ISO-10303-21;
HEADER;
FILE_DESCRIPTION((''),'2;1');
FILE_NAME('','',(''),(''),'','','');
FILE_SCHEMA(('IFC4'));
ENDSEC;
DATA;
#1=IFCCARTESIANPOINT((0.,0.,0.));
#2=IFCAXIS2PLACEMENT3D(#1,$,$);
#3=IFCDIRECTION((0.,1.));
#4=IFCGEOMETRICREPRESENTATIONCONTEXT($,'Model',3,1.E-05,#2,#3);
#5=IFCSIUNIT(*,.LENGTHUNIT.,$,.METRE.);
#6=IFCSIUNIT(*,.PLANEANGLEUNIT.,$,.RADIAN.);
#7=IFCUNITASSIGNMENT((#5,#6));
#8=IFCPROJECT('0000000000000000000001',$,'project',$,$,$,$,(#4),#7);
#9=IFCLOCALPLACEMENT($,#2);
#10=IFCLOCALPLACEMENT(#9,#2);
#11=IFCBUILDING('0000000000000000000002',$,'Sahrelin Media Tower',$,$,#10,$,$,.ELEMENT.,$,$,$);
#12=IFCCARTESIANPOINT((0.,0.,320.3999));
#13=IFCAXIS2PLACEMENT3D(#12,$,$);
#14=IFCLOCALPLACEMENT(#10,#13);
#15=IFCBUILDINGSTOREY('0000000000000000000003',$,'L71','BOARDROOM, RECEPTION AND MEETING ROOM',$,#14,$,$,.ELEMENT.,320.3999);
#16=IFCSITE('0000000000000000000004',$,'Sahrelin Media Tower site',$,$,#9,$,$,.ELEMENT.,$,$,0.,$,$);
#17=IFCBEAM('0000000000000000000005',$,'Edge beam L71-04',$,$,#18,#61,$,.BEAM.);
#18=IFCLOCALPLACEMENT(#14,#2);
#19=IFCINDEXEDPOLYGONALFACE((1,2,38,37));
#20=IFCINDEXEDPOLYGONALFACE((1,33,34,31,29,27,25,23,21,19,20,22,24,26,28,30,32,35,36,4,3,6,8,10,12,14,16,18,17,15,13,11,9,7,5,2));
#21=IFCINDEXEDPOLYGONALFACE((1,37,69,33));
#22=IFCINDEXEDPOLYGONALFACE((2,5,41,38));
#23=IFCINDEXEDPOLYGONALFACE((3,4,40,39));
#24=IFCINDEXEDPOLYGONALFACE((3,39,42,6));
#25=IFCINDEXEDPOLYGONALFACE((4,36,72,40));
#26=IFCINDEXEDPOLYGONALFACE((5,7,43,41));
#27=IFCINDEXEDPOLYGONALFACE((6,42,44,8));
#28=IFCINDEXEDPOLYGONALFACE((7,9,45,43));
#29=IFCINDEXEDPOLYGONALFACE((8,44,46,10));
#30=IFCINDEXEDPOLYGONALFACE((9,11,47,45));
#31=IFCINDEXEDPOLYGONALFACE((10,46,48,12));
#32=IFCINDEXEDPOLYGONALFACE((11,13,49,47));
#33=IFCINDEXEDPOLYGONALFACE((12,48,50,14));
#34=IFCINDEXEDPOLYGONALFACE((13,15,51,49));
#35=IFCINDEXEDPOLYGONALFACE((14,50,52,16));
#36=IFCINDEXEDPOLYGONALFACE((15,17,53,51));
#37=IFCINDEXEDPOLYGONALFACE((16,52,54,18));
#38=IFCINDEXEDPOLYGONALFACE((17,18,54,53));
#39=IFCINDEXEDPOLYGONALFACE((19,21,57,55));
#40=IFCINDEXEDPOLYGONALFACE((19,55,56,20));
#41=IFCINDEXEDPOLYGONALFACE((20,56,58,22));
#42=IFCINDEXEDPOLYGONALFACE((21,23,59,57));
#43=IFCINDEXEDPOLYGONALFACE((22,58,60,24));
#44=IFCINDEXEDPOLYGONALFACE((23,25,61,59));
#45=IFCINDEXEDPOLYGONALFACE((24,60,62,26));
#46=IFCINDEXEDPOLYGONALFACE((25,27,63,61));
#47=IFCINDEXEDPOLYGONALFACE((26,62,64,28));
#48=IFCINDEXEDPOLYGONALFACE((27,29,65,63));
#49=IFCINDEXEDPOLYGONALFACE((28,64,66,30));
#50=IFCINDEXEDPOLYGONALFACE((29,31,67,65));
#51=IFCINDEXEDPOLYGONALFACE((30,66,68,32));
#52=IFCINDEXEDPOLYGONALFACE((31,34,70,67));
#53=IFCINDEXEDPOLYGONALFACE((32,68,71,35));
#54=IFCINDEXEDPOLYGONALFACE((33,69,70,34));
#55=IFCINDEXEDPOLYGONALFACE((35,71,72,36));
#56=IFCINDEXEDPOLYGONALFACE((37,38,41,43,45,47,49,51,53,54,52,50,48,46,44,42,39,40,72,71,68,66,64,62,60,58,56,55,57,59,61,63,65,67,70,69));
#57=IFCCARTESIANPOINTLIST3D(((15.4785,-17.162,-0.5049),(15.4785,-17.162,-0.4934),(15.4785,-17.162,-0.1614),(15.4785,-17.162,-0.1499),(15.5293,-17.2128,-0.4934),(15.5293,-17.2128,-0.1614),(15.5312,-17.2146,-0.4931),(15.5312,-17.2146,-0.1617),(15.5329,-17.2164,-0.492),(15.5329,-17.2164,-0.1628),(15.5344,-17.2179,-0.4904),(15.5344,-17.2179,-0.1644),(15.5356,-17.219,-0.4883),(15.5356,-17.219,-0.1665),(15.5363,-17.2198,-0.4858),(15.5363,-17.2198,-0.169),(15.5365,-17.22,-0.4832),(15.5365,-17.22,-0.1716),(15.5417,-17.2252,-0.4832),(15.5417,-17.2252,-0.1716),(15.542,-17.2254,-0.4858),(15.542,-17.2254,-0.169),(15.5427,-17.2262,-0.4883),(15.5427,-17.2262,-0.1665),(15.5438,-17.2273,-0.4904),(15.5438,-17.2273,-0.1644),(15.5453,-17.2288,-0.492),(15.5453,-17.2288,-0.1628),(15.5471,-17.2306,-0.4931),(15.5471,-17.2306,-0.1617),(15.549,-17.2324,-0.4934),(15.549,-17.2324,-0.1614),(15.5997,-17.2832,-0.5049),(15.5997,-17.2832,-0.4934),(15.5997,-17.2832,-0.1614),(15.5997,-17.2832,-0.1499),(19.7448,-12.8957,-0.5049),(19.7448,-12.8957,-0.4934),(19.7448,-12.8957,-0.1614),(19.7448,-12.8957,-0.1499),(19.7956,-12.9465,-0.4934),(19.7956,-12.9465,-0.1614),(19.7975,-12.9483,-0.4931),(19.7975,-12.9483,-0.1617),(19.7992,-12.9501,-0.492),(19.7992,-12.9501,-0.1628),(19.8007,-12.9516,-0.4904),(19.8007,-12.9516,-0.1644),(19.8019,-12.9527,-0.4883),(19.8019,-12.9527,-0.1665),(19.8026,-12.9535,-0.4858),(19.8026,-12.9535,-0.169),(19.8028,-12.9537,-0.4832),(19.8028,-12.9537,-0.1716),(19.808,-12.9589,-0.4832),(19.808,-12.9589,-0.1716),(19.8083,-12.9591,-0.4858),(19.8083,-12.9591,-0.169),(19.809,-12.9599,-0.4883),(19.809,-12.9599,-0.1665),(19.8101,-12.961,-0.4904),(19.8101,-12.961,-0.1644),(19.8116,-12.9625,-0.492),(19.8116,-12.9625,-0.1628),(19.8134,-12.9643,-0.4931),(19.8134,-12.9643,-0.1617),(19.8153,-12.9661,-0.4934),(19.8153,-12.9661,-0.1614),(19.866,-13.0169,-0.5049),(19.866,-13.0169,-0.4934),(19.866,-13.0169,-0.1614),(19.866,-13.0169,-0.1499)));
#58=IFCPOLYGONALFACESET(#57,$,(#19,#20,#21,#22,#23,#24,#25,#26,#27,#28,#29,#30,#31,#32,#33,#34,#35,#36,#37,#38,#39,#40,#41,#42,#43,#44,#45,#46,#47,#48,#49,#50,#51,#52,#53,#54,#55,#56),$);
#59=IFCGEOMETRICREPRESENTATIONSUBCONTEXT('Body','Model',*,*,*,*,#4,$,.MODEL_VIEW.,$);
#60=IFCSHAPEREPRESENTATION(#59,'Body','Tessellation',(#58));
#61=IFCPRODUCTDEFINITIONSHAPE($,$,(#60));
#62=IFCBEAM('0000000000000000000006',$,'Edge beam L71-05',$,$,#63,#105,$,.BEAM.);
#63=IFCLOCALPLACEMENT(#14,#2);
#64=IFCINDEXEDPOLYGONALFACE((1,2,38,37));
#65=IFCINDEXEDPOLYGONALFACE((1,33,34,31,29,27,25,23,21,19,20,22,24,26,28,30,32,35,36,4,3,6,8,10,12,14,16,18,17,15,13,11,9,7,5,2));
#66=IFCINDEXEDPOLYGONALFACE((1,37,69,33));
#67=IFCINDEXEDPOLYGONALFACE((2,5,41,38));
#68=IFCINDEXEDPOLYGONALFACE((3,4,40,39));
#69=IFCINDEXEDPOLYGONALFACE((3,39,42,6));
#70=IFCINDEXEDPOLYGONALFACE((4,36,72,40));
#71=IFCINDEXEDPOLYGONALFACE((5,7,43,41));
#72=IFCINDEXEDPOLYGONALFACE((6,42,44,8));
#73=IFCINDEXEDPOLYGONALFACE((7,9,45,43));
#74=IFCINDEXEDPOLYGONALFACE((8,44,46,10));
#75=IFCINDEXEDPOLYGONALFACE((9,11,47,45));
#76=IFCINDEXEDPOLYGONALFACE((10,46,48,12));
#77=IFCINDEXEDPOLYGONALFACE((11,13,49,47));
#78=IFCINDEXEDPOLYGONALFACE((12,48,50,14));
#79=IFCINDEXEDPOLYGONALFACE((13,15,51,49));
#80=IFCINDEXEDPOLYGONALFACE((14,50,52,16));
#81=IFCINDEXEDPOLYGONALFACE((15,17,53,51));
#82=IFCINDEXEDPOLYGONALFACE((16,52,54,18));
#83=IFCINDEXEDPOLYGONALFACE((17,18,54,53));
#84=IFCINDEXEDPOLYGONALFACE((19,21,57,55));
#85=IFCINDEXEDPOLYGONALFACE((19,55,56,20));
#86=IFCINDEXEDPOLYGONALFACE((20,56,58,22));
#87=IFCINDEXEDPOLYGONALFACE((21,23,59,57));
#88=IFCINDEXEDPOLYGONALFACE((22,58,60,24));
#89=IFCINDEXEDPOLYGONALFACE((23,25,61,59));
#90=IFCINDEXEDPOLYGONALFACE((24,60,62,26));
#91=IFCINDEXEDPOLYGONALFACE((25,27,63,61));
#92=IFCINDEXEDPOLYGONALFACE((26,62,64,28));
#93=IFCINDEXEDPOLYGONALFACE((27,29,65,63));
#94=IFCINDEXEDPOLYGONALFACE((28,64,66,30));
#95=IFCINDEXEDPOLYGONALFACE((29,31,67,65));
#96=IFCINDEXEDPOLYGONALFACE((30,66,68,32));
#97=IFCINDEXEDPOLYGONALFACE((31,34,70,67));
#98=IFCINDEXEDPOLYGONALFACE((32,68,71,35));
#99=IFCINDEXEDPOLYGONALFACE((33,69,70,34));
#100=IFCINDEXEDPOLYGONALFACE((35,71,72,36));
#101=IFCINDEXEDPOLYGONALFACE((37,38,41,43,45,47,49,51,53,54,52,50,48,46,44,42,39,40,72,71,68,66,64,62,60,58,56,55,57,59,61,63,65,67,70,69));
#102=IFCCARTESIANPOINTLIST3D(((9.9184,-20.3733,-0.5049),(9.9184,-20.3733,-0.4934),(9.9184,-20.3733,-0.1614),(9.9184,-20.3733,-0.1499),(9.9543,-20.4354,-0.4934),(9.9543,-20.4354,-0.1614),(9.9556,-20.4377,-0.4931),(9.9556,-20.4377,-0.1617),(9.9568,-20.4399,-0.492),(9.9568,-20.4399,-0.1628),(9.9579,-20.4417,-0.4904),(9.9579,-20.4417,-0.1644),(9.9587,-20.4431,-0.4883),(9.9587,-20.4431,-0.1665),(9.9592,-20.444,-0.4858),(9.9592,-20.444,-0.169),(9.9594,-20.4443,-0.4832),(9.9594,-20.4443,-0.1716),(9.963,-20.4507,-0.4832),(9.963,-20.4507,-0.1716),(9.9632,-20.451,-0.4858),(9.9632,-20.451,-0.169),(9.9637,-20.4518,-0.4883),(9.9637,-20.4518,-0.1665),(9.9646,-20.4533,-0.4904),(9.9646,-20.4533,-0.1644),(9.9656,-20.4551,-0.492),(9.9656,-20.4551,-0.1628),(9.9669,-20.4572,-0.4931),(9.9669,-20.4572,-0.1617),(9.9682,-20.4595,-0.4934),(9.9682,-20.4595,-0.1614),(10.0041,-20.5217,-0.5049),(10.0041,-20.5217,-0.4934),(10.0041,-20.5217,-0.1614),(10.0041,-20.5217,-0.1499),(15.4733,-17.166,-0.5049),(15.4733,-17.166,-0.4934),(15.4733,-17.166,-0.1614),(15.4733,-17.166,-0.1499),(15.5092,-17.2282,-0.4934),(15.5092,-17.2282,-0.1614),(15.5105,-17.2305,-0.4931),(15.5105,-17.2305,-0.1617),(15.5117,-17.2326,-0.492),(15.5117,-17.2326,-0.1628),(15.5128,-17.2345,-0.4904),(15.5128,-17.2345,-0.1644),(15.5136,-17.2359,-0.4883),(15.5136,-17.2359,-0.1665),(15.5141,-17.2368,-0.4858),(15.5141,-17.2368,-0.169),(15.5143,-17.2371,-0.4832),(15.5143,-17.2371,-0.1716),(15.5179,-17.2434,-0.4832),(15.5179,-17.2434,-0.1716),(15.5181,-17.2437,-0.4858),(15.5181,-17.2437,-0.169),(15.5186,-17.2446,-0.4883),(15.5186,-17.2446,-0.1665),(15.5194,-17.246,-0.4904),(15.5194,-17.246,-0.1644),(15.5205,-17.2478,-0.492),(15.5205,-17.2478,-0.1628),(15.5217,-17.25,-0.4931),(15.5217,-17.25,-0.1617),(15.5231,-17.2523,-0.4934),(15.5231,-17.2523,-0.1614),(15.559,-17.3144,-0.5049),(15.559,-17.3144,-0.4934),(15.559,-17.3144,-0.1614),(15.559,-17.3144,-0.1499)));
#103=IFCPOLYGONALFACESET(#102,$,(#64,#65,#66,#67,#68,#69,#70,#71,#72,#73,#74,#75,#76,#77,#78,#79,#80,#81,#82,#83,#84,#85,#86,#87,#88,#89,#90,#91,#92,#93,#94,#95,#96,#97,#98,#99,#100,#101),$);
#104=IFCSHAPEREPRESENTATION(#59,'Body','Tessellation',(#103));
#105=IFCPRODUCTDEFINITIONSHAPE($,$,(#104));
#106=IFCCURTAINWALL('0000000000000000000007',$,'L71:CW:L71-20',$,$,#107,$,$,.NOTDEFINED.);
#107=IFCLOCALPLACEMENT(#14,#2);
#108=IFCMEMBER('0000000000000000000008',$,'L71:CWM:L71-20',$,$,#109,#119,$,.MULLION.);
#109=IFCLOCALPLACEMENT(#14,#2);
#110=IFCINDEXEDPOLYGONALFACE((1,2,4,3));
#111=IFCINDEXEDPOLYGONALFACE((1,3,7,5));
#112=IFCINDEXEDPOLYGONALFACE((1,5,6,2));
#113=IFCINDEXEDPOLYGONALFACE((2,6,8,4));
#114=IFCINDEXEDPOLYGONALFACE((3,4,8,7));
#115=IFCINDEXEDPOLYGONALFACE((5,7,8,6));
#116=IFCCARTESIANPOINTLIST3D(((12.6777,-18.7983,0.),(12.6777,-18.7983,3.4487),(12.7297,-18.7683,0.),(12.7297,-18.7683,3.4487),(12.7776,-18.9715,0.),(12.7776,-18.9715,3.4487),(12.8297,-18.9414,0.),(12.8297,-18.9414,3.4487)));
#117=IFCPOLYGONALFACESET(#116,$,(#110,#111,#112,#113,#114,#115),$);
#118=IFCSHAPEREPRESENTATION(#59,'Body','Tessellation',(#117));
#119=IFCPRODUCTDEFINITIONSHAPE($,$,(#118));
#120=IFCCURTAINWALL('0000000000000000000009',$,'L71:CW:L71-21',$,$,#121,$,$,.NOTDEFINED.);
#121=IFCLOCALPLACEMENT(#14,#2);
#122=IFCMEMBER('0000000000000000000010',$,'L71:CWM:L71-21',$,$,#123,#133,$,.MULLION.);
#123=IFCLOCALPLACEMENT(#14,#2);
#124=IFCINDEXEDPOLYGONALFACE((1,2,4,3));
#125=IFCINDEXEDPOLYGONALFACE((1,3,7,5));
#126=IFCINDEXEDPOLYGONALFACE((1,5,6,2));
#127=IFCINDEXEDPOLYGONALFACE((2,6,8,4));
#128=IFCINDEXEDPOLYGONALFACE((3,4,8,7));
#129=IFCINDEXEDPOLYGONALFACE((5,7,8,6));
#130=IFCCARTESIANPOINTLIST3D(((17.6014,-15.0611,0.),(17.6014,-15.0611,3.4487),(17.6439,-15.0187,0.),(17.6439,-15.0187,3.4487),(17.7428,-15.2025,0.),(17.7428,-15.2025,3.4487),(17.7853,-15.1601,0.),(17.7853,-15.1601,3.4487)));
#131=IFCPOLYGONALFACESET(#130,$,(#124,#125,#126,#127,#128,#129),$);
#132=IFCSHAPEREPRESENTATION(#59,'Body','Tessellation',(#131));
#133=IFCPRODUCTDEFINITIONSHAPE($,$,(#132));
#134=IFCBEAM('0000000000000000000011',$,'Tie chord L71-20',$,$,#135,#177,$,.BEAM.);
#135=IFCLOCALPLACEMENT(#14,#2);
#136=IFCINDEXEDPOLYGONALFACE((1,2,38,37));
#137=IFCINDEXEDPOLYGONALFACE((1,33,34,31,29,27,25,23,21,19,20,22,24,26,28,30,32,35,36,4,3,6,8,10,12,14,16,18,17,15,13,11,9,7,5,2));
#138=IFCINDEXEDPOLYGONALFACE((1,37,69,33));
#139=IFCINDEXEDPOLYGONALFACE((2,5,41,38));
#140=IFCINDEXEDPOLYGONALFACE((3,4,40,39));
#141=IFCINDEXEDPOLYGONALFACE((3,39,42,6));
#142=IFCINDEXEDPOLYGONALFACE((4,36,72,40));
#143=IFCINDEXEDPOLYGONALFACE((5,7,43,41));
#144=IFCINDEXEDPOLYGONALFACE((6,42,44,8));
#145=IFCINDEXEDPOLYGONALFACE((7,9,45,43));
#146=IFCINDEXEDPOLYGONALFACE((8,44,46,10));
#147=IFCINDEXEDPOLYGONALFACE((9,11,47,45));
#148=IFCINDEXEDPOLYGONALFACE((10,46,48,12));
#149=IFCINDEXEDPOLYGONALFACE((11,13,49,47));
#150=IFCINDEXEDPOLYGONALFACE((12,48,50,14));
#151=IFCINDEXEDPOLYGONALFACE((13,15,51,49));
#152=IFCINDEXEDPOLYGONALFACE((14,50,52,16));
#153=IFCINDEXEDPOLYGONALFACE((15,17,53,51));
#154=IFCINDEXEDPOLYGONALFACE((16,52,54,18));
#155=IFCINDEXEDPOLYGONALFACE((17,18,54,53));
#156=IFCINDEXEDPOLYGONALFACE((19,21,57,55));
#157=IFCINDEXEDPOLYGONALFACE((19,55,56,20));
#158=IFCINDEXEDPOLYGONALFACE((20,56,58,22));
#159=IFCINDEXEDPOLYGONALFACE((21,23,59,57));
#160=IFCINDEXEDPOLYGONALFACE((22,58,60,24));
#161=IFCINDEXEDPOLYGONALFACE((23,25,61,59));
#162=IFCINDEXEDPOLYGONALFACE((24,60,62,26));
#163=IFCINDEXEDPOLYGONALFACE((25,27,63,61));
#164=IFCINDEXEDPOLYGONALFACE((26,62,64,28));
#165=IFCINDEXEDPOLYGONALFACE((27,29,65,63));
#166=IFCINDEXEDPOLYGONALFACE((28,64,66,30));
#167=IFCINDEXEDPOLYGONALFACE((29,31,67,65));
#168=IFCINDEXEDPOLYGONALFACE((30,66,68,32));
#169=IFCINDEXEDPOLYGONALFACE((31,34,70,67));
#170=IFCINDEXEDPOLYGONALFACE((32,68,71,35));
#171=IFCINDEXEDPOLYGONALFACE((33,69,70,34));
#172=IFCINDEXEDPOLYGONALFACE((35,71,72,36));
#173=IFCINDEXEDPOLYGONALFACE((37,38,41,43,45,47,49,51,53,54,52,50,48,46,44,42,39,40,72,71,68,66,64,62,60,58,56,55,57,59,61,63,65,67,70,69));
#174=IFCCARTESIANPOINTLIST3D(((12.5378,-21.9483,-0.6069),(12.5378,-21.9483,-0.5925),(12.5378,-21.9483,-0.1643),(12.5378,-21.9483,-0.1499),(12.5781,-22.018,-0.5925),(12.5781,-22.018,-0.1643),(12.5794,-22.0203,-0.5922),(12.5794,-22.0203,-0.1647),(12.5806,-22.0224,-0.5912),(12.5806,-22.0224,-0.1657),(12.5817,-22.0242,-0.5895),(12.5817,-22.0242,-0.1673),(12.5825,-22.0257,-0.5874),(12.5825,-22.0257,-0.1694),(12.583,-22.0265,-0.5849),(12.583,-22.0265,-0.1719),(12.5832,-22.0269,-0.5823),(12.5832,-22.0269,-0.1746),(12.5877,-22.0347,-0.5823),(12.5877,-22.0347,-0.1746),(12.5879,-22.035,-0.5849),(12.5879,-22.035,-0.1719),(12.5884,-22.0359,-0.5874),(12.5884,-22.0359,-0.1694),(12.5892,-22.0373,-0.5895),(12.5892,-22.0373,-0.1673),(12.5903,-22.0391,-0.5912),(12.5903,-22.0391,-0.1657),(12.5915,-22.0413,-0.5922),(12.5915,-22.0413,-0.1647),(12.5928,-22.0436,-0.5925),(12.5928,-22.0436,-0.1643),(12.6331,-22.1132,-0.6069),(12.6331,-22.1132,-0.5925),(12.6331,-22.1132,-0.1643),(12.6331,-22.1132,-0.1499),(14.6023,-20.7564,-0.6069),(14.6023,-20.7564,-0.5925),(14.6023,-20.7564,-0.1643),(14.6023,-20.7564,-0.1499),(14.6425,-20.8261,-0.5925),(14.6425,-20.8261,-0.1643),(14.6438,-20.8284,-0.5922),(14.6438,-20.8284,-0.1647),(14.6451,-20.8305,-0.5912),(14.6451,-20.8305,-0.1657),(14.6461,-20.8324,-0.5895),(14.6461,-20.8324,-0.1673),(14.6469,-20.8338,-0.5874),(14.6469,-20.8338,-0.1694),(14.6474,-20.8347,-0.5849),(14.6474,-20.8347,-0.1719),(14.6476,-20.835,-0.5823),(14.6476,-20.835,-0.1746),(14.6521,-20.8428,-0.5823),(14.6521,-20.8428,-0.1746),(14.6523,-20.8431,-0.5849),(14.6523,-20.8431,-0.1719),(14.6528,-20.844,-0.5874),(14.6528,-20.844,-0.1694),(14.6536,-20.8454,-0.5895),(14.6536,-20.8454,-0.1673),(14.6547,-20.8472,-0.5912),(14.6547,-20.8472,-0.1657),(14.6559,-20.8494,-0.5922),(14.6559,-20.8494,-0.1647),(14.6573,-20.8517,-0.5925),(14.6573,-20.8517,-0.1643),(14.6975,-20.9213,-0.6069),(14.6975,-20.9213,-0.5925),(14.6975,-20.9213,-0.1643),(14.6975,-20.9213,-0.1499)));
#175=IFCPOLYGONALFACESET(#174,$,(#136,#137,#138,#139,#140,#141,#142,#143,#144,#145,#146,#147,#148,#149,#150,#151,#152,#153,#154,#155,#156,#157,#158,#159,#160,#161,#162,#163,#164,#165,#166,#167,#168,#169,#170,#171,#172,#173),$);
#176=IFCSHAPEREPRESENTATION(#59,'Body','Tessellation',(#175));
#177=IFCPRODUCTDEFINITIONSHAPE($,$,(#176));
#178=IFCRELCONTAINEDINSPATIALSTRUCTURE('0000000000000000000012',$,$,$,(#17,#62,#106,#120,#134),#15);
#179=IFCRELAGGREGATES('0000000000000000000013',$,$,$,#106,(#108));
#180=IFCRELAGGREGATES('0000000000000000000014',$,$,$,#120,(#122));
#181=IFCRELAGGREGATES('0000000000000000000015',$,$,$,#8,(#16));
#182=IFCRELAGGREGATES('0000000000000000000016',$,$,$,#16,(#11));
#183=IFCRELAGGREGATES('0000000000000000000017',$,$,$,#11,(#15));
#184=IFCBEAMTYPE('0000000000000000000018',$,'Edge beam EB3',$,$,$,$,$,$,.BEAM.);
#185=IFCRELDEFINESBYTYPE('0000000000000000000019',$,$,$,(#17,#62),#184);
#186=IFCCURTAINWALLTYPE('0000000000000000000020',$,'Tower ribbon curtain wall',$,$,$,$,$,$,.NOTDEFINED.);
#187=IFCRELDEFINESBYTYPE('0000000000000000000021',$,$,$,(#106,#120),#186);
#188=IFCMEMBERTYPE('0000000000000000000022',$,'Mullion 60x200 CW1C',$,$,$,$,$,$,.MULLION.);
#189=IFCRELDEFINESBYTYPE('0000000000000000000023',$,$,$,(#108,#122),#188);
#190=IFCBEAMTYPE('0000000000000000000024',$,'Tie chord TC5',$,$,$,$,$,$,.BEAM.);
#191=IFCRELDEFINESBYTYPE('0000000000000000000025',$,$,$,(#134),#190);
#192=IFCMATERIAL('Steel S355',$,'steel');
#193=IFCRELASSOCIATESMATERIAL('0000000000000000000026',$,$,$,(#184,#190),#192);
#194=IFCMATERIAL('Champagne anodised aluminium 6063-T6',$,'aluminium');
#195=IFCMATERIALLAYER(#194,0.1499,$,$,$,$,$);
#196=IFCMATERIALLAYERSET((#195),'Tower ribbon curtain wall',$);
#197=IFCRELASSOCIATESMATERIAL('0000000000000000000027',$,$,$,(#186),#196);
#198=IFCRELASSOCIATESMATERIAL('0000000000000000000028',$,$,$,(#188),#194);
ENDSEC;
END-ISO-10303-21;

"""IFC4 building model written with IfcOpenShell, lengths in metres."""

from ifc_helpers import new_model, si_unit, direction, frame, origin, origin_2d, place, context, subcontext, project, spatial, rectangle, i_section, extrude, material, layer, layer_set, material_profile, profile_set, type_object, element, aggregate, save


model = new_model("IFC4")

# Units and contexts
model_context = context("Model", 3, precision=1e-05, world=origin(), true_north=direction((0.0, 1.0)))
body_context = subcontext(model_context, "Body", "Model", "MODEL_VIEW")
ifc_project = project(units=[si_unit("LENGTHUNIT", "METRE"), si_unit("PLANEANGLEUNIT", "RADIAN")], contexts=[model_context])

# Site, building, storey
site_placement = place(None, origin())
site = spatial("IfcSite", under=ifc_project, at=site_placement, Name="Sahrelin Media Tower site", CompositionType="ELEMENT", RefElevation=0.0)
building_placement = place(site_placement, origin())
building = spatial("IfcBuilding", under=site, at=building_placement, Name="Sahrelin Media Tower", CompositionType="ELEMENT")
storey_placement = place(building_placement, frame((0.0, 0.0, 320.3999)))
storey = spatial("IfcBuildingStorey", under=building, at=storey_placement, Name="L71", Description="BOARDROOM, RECEPTION AND MEETING ROOM", CompositionType="ELEMENT", Elevation=320.3999)

# Beams
ifc_material_1 = material(Name="Steel S355", Category="steel")
ifc_material_profile_1 = material_profile(ifc_material_1, i_section(OverallWidth=0.1714, OverallDepth=0.355, WebThickness=0.0073, FlangeThickness=0.0115, FilletRadius=0.0103, at=origin_2d()), Name="UB 356x171x51")
ifc_profile_set_1 = profile_set([ifc_material_profile_1], Name="Steel S355")
beam_type_1 = type_object("IfcBeamType", Name="Edge beam EB3", PredefinedType="BEAM", material=ifc_profile_set_1)
beam_1_placement = place(storey_placement, frame((19.8054, -12.9563, -0.3274), z_axis=(-0.707107, -0.707107, 0.0), x_axis=(0.707107, -0.707107, 0.0)))
element("IfcBeam", 1, at=beam_1_placement, inside=storey, type_object=beam_type_1, Name="Edge beam L71-04", PredefinedType="BEAM", context=body_context, shape_type="SweptSolid", body=[
    extrude(i_section(OverallWidth=0.1714, OverallDepth=0.355, WebThickness=0.0073, FlangeThickness=0.0115, FilletRadius=0.0103, at=origin_2d()), origin(), (0.0, 0.0, 1.0), 6.0334),
])
beam_2_placement = place(storey_placement, frame((15.5161, -17.2402, -0.3274), z_axis=(-0.866016, -0.500016, 0.0), x_axis=(0.500016, -0.866016, 0.0)))
element("IfcBeam", 2, at=beam_2_placement, inside=storey, type_object=beam_type_1, Name="Edge beam L71-05", PredefinedType="BEAM", context=body_context, shape_type="SweptSolid", body=[
    extrude(i_section(OverallWidth=0.1714, OverallDepth=0.355, WebThickness=0.0073, FlangeThickness=0.0115, FilletRadius=0.0103, at=origin_2d()), origin(), (0.0, 0.0, 1.0), 6.4143),
])

# Curtain walls, members
ifc_material_2 = material(Name="Champagne anodised aluminium 6063-T6", Category="aluminium")
ifc_layer_1 = layer(ifc_material_2, 0.1499)
ifc_layer_set_1 = layer_set([ifc_layer_1], Name="Tower ribbon curtain wall")
curtain_wall_type = type_object("IfcCurtainWallType", Name="Tower ribbon curtain wall", PredefinedType="NOTDEFINED", material=ifc_layer_set_1)
curtain_wall_1_placement = place(storey_placement, frame((12.8137, -18.9736, 0.0), z_axis=(0.0, 0.0, 1.0), x_axis=(1.0, 0.0, 0.0)))
curtain_wall_1 = element("IfcCurtainWall", 3, at=curtain_wall_1_placement, inside=storey, type_object=curtain_wall_type, Name="L71:CW:L71-20", PredefinedType="NOTDEFINED")
ifc_material_profile_2 = material_profile(ifc_material_2, rectangle(XDim=0.0601, YDim=0.2, at=origin_2d()), Name="Mullion 60x200")
ifc_profile_set_2 = profile_set([ifc_material_profile_2], Name="Champagne anodised aluminium 6063-T6")
member_type_1 = type_object("IfcMemberType", Name="Mullion 60x200 CW1C", PredefinedType="MULLION", material=ifc_profile_set_2)
member_1_placement = place(storey_placement, frame((12.7537, -18.8699, 0.0), z_axis=(0.0, 0.0, 1.0), x_axis=(0.866024, 0.500003, 0.0)))
member_1 = element("IfcMember", 4, at=member_1_placement, type_object=member_type_1, Name="L71:CWM:L71-20", PredefinedType="MULLION", context=body_context, shape_type="SweptSolid", body=[
    extrude(rectangle(XDim=0.0601, YDim=0.2, at=origin_2d()), origin(), (0.0, 0.0, 1.0), 3.4487),
])
aggregate(curtain_wall_1, [member_1])
curtain_wall_2_placement = place(storey_placement, frame((17.7783, -15.1956, 0.0), z_axis=(0.0, 0.0, 1.0), x_axis=(1.0, 0.0, 0.0)))
curtain_wall_2 = element("IfcCurtainWall", 5, at=curtain_wall_2_placement, inside=storey, type_object=curtain_wall_type, Name="L71:CW:L71-21", PredefinedType="NOTDEFINED")
member_2_placement = place(storey_placement, frame((17.6934, -15.1106, 0.0), z_axis=(0.0, 0.0, 1.0), x_axis=(0.707107, 0.707107, 0.0)))
member_2 = element("IfcMember", 6, at=member_2_placement, type_object=member_type_1, Name="L71:CWM:L71-21", PredefinedType="MULLION", context=body_context, shape_type="SweptSolid", body=[
    extrude(rectangle(XDim=0.0601, YDim=0.2, at=origin_2d()), origin(), (0.0, 0.0, 1.0), 3.4487),
])

# Beam
ifc_material_profile_3 = material_profile(ifc_material_1, i_section(OverallWidth=0.1904, OverallDepth=0.457, WebThickness=0.009, FlangeThickness=0.0144, FilletRadius=0.0103, at=origin_2d()), Name="UB 457x191x74")
ifc_profile_set_3 = profile_set([ifc_material_profile_3], Name="Steel S355")
beam_type_2 = type_object("IfcBeamType", Name="Tie chord TC5", PredefinedType="BEAM", material=ifc_profile_set_3)
beam_3_placement = place(storey_placement, frame((12.5854, -22.0308, -0.3784), z_axis=(0.866029, 0.499994, 0.0), x_axis=(-0.499994, 0.866029, 0.0)))
element("IfcBeam", 7, at=beam_3_placement, inside=storey, type_object=beam_type_2, Name="Tie chord L71-20", PredefinedType="BEAM", context=body_context, shape_type="SweptSolid", body=[
    extrude(i_section(OverallWidth=0.1904, OverallDepth=0.457, WebThickness=0.009, FlangeThickness=0.0144, FilletRadius=0.0103, at=origin_2d()), origin(), (0.0, 0.0, 1.0), 2.3838),
])

aggregate(curtain_wall_2, [member_2])

save(model, "model.ifc")
